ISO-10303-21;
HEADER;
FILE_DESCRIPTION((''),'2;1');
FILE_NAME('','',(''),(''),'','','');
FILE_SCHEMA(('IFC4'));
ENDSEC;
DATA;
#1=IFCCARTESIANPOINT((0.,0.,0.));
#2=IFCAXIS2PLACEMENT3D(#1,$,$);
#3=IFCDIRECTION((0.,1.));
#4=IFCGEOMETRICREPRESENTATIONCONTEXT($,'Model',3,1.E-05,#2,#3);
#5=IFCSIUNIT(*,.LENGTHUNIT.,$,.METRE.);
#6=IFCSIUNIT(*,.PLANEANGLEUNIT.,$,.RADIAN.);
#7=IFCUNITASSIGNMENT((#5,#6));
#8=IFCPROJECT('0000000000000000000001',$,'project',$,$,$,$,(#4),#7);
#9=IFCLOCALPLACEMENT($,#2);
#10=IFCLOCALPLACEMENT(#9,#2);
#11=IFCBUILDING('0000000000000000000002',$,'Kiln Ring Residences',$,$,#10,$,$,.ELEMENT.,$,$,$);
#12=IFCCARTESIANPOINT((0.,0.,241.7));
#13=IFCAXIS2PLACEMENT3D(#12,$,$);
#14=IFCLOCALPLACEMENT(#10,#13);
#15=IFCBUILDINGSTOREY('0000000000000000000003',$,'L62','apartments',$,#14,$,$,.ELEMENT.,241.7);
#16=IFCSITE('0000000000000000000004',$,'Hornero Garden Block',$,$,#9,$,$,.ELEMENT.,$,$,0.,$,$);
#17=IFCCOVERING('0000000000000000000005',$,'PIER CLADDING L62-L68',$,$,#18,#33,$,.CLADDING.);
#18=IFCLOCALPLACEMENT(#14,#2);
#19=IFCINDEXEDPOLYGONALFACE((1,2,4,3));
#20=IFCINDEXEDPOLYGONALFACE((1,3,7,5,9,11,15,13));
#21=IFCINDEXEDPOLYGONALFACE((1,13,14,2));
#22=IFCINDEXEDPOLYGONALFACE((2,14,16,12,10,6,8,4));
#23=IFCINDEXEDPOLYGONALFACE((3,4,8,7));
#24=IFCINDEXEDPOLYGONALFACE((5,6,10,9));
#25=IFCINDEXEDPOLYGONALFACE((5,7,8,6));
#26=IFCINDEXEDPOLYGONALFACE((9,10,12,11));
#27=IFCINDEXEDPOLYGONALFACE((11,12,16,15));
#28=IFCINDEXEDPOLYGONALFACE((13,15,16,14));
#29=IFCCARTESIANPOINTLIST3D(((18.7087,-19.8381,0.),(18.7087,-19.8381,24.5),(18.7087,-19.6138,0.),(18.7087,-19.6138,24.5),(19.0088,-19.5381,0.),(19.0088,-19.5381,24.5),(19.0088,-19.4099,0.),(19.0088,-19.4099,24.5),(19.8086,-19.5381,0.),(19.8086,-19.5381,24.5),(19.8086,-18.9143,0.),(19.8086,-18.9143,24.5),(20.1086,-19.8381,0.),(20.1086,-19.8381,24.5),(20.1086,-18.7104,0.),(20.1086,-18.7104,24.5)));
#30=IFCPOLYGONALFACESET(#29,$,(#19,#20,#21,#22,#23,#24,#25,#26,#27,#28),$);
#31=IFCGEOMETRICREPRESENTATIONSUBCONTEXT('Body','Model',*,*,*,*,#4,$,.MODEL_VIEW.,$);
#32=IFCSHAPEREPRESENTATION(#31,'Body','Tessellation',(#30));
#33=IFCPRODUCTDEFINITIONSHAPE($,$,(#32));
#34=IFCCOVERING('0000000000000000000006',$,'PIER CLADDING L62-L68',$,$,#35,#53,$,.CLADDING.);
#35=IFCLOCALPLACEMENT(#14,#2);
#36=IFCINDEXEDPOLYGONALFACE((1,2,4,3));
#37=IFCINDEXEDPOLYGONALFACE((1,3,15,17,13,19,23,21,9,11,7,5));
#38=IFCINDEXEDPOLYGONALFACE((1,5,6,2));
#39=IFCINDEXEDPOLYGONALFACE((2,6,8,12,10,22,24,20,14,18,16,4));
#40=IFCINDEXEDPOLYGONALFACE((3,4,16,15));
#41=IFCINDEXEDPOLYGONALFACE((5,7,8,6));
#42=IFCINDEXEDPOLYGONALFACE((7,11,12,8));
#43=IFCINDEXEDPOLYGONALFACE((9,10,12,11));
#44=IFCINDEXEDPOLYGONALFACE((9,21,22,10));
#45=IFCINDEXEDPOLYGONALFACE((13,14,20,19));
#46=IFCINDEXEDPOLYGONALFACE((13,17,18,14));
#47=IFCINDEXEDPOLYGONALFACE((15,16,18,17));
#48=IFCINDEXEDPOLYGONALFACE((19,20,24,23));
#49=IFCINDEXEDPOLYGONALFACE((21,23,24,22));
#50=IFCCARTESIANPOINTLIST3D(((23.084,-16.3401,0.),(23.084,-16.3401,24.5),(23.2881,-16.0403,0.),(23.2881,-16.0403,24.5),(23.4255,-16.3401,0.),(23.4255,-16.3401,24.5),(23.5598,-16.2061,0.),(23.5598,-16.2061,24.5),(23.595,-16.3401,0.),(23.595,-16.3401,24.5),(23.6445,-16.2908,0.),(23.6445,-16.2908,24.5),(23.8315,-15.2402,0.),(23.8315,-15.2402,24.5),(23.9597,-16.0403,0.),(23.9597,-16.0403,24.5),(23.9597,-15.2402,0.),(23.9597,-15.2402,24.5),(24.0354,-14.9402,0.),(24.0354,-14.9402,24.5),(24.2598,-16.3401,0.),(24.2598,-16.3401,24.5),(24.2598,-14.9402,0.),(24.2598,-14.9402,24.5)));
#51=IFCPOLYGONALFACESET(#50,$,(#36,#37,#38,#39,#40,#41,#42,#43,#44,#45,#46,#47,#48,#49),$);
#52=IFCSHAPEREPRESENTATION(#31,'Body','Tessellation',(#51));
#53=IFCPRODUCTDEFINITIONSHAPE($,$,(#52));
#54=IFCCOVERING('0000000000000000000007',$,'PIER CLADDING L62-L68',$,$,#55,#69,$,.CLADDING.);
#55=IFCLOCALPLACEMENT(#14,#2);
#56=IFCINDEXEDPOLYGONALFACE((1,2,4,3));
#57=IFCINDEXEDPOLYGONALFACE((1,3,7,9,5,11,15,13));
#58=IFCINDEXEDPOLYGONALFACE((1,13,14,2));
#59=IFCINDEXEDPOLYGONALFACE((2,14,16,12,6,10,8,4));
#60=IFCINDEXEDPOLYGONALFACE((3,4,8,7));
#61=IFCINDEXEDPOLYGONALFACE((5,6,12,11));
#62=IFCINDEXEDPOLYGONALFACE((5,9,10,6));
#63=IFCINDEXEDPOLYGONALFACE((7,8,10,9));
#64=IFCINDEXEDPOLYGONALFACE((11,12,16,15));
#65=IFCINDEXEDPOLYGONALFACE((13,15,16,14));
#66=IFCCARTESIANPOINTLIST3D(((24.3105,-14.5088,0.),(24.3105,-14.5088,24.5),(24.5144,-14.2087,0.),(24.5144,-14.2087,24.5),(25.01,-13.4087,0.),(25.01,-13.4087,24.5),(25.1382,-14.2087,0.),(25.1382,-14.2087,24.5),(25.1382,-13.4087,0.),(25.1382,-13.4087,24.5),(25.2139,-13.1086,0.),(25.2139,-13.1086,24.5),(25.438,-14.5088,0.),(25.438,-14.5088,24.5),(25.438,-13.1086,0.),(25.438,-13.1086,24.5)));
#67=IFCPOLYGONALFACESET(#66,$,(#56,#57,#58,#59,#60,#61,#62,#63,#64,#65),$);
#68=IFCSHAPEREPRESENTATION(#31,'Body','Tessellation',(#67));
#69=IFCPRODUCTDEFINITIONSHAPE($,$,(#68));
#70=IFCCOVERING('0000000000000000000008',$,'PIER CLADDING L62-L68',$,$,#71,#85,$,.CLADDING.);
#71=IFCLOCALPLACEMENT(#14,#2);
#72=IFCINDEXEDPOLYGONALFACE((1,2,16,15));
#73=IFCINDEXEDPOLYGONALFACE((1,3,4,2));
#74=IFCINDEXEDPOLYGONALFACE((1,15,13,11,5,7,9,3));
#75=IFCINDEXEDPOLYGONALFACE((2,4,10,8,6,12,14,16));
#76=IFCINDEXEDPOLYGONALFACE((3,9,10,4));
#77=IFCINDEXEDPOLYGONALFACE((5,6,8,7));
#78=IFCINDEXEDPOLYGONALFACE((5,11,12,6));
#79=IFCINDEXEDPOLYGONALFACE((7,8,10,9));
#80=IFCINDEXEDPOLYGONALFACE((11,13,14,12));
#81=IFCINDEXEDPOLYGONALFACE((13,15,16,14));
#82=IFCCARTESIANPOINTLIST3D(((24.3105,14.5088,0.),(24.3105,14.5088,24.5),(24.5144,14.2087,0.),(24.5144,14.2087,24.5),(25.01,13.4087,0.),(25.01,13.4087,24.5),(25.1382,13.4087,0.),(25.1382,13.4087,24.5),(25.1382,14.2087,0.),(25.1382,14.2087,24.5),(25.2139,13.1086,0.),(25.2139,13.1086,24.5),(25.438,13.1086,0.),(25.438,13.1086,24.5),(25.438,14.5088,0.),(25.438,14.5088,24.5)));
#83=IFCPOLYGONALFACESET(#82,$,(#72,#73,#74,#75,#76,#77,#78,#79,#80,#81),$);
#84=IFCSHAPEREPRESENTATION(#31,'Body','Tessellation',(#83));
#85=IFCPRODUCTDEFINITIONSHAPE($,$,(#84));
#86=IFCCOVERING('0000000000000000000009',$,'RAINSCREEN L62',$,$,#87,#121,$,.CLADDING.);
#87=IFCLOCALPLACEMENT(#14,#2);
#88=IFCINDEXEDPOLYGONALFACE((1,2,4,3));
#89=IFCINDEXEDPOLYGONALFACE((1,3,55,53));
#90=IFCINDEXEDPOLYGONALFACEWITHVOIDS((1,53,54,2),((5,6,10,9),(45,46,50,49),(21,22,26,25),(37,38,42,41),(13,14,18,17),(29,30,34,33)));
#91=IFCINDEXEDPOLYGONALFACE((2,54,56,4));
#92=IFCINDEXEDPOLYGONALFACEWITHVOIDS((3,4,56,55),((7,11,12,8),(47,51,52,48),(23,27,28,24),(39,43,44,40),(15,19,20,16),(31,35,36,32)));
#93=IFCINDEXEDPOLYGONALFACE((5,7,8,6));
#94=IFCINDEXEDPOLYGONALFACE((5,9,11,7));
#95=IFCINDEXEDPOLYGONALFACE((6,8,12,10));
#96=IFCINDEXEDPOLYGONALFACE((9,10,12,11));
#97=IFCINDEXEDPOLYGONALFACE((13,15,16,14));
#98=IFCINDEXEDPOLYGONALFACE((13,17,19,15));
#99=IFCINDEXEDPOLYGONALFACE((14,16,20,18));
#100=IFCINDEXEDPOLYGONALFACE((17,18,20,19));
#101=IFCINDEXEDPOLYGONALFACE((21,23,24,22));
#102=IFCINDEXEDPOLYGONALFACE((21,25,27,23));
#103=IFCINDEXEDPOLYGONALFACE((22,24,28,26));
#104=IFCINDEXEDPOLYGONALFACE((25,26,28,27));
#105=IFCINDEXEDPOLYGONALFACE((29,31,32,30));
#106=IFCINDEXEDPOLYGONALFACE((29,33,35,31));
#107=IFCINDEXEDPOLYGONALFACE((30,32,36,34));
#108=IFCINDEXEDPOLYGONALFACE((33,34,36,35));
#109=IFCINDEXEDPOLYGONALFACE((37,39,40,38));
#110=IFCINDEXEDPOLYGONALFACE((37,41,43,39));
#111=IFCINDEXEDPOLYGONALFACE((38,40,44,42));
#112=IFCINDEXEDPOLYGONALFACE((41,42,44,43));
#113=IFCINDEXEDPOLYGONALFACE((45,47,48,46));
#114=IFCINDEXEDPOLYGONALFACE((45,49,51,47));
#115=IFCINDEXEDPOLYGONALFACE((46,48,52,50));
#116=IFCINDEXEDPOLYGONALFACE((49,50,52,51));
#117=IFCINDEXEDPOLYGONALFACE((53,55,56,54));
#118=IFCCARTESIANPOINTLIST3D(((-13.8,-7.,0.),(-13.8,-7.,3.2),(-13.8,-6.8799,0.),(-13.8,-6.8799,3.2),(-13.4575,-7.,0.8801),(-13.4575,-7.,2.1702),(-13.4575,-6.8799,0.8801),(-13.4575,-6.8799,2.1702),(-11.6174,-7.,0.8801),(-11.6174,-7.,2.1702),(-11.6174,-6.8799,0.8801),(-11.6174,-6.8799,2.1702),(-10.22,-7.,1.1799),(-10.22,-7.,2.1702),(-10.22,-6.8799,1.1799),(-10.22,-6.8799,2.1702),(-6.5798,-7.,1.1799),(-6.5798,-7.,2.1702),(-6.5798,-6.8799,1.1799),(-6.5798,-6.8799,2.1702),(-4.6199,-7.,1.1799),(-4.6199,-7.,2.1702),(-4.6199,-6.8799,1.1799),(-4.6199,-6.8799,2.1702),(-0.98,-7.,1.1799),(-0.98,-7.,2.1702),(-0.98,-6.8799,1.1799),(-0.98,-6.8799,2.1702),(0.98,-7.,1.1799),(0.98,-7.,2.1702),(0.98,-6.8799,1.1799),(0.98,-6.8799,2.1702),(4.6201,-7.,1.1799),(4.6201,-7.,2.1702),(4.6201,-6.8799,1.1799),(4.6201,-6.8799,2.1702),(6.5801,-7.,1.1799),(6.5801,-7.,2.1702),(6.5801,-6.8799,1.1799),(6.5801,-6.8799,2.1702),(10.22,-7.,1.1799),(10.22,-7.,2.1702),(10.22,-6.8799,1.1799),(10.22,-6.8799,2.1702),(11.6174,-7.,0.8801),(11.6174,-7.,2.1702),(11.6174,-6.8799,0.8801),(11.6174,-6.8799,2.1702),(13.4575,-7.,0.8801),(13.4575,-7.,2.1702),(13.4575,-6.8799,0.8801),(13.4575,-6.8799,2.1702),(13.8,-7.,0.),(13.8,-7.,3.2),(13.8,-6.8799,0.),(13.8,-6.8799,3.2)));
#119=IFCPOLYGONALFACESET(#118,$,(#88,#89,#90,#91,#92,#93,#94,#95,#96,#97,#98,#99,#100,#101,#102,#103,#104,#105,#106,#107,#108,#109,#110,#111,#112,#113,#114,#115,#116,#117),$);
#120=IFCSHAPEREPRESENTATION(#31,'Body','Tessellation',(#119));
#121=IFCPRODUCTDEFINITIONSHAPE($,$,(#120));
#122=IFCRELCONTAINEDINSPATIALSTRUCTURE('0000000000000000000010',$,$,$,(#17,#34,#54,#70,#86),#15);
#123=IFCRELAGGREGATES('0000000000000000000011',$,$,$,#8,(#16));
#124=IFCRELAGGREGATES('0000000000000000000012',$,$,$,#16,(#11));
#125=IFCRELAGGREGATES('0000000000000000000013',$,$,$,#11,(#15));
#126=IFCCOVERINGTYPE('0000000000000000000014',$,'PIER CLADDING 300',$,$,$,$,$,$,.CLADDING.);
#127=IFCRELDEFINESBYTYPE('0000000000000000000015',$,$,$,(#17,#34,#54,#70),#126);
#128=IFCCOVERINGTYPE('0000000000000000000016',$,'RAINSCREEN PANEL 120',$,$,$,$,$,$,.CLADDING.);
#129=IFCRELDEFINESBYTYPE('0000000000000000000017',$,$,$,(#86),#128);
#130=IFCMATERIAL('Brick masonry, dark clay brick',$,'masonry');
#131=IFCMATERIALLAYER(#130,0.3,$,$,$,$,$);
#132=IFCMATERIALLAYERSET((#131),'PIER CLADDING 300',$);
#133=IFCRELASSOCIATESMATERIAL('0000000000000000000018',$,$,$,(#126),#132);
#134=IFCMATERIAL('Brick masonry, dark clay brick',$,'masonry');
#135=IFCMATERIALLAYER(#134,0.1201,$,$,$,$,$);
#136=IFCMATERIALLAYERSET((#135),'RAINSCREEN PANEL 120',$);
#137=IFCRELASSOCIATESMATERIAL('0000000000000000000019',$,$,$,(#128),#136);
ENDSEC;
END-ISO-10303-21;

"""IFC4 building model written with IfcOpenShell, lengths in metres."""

from ifc_helpers import new_model, si_unit, direction, frame, origin, place, context, subcontext, project, spatial, polyline, outline, extrude, material, layer, layer_set, type_object, element, save


model = new_model("IFC4")

# Units and contexts
model_context = context("Model", 3, precision=1e-05, world=origin(), true_north=direction((0.0, 1.0)))
body_context = subcontext(model_context, "Body", "Model", "MODEL_VIEW")
ifc_project = project(units=[si_unit("LENGTHUNIT", "METRE"), si_unit("PLANEANGLEUNIT", "RADIAN")], contexts=[model_context])

# Site, building, storey
site_placement = place(None, origin())
site = spatial("IfcSite", under=ifc_project, at=site_placement, Name="Hornero Garden Block", CompositionType="ELEMENT", RefElevation=0.0)
building_placement = place(site_placement, origin())
building = spatial("IfcBuilding", under=site, at=building_placement, Name="Kiln Ring Residences", CompositionType="ELEMENT")
storey_placement = place(building_placement, frame((0.0, 0.0, 241.7)))
storey = spatial("IfcBuildingStorey", under=building, at=storey_placement, Name="L62", Description="apartments", CompositionType="ELEMENT", Elevation=241.7)

# Shared definitions
placement = place(storey_placement, origin())

# Coverings
ifc_material_1 = material(Name="Brick masonry, dark clay brick", Category="masonry")
ifc_layer_1 = layer(ifc_material_1, 0.3)
ifc_layer_set_1 = layer_set([ifc_layer_1], Name="PIER CLADDING 300")
covering_type_1 = type_object("IfcCoveringType", Name="PIER CLADDING 300", PredefinedType="CLADDING", material=ifc_layer_set_1)
element("IfcCovering", 1, at=placement, inside=storey, type_object=covering_type_1, Name="PIER CLADDING L62-L68", PredefinedType="CLADDING", context=body_context, shape_type="SweptSolid", body=[
    extrude(outline(polyline([(19.0088, -19.4099), (18.7087, -19.6138), (18.7087, -19.8381), (20.1086, -19.8381), (20.1086, -18.7104), (19.8086, -18.9143), (19.8086, -19.5381), (19.0088, -19.5381), (19.0088, -19.4099)])), origin(), (0.0, 0.0, 1.0), 24.5),
])
element("IfcCovering", 2, at=placement, inside=storey, type_object=covering_type_1, Name="PIER CLADDING L62-L68", PredefinedType="CLADDING", context=body_context, shape_type="SweptSolid", body=[
    extrude(outline(polyline([(24.2598, -16.3401), (24.2598, -14.9402), (24.0354, -14.9402), (23.8315, -15.2402), (23.9597, -15.2402), (23.9597, -16.0403), (23.2881, -16.0403), (23.084, -16.3401), (23.4255, -16.3401), (23.5598, -16.2061), (23.6445, -16.2908), (23.595, -16.3401), (24.2598, -16.3401)])), origin(), (0.0, 0.0, 1.0), 24.5),
])
element("IfcCovering", 3, at=placement, inside=storey, type_object=covering_type_1, Name="PIER CLADDING L62-L68", PredefinedType="CLADDING", context=body_context, shape_type="SweptSolid", body=[
    extrude(outline(polyline([(25.438, -14.5088), (25.438, -13.1086), (25.2139, -13.1086), (25.01, -13.4087), (25.1382, -13.4087), (25.1382, -14.2087), (24.5144, -14.2087), (24.3105, -14.5088), (25.438, -14.5088)])), origin(), (0.0, 0.0, 1.0), 24.5),
])
element("IfcCovering", 4, at=placement, inside=storey, type_object=covering_type_1, Name="PIER CLADDING L62-L68", PredefinedType="CLADDING", context=body_context, shape_type="SweptSolid", body=[
    extrude(outline(polyline([(25.438, 13.1086), (25.438, 14.5088), (24.3105, 14.5088), (24.5144, 14.2087), (25.1382, 14.2087), (25.1382, 13.4087), (25.01, 13.4087), (25.2139, 13.1086), (25.438, 13.1086)])), origin(), (0.0, 0.0, 1.0), 24.5),
])
ifc_material_2 = material(Name="Brick masonry, dark clay brick", Category="masonry")
ifc_layer_2 = layer(ifc_material_2, 0.1201)
ifc_layer_set_2 = layer_set([ifc_layer_2], Name="RAINSCREEN PANEL 120")
covering_type_2 = type_object("IfcCoveringType", Name="RAINSCREEN PANEL 120", PredefinedType="CLADDING", material=ifc_layer_set_2)
covering_1_placement = place(storey_placement, frame((13.8, -6.9399, 0.0), z_axis=(0.0, 0.0, 1.0), x_axis=(-1.0, 0.0, 0.0)))
element("IfcCovering", 5, at=covering_1_placement, inside=storey, type_object=covering_type_2, Name="RAINSCREEN L62", PredefinedType="CLADDING", context=body_context, shape_type="SweptSolid", body=[
    extrude(outline(polyline([(0.0, 0.0), (27.6001, 0.0), (27.6001, 3.2), (0.0, 3.2), (0.0, 0.0)]), holes=[polyline([(2.1826, 0.8801), (2.1826, 2.1702), (0.3425, 2.1702), (0.3425, 0.8801), (2.1826, 0.8801)]), polyline([(25.4175, 0.8801), (27.2576, 0.8801), (27.2576, 2.1702), (25.4175, 2.1702), (25.4175, 0.8801)]), polyline([(3.5801, 1.1799), (7.22, 1.1799), (7.22, 2.1702), (3.5801, 2.1702), (3.5801, 1.1799)]), polyline([(12.8201, 1.1799), (12.8201, 2.1702), (9.1799, 2.1702), (9.1799, 1.1799), (12.8201, 1.1799)]), polyline([(14.78, 1.1799), (18.4199, 1.1799), (18.4199, 2.1702), (14.78, 2.1702), (14.78, 1.1799)]), polyline([(20.3799, 1.1799), (24.02, 1.1799), (24.02, 2.1702), (20.3799, 2.1702), (20.3799, 1.1799)])]), frame((0.0, 0.0601, 0.0), z_axis=(0.0, -1.0, 0.0), x_axis=(1.0, 0.0, 0.0)), (0.0, 0.0, 1.0), 0.1201),
])

save(model, "model.ifc")
